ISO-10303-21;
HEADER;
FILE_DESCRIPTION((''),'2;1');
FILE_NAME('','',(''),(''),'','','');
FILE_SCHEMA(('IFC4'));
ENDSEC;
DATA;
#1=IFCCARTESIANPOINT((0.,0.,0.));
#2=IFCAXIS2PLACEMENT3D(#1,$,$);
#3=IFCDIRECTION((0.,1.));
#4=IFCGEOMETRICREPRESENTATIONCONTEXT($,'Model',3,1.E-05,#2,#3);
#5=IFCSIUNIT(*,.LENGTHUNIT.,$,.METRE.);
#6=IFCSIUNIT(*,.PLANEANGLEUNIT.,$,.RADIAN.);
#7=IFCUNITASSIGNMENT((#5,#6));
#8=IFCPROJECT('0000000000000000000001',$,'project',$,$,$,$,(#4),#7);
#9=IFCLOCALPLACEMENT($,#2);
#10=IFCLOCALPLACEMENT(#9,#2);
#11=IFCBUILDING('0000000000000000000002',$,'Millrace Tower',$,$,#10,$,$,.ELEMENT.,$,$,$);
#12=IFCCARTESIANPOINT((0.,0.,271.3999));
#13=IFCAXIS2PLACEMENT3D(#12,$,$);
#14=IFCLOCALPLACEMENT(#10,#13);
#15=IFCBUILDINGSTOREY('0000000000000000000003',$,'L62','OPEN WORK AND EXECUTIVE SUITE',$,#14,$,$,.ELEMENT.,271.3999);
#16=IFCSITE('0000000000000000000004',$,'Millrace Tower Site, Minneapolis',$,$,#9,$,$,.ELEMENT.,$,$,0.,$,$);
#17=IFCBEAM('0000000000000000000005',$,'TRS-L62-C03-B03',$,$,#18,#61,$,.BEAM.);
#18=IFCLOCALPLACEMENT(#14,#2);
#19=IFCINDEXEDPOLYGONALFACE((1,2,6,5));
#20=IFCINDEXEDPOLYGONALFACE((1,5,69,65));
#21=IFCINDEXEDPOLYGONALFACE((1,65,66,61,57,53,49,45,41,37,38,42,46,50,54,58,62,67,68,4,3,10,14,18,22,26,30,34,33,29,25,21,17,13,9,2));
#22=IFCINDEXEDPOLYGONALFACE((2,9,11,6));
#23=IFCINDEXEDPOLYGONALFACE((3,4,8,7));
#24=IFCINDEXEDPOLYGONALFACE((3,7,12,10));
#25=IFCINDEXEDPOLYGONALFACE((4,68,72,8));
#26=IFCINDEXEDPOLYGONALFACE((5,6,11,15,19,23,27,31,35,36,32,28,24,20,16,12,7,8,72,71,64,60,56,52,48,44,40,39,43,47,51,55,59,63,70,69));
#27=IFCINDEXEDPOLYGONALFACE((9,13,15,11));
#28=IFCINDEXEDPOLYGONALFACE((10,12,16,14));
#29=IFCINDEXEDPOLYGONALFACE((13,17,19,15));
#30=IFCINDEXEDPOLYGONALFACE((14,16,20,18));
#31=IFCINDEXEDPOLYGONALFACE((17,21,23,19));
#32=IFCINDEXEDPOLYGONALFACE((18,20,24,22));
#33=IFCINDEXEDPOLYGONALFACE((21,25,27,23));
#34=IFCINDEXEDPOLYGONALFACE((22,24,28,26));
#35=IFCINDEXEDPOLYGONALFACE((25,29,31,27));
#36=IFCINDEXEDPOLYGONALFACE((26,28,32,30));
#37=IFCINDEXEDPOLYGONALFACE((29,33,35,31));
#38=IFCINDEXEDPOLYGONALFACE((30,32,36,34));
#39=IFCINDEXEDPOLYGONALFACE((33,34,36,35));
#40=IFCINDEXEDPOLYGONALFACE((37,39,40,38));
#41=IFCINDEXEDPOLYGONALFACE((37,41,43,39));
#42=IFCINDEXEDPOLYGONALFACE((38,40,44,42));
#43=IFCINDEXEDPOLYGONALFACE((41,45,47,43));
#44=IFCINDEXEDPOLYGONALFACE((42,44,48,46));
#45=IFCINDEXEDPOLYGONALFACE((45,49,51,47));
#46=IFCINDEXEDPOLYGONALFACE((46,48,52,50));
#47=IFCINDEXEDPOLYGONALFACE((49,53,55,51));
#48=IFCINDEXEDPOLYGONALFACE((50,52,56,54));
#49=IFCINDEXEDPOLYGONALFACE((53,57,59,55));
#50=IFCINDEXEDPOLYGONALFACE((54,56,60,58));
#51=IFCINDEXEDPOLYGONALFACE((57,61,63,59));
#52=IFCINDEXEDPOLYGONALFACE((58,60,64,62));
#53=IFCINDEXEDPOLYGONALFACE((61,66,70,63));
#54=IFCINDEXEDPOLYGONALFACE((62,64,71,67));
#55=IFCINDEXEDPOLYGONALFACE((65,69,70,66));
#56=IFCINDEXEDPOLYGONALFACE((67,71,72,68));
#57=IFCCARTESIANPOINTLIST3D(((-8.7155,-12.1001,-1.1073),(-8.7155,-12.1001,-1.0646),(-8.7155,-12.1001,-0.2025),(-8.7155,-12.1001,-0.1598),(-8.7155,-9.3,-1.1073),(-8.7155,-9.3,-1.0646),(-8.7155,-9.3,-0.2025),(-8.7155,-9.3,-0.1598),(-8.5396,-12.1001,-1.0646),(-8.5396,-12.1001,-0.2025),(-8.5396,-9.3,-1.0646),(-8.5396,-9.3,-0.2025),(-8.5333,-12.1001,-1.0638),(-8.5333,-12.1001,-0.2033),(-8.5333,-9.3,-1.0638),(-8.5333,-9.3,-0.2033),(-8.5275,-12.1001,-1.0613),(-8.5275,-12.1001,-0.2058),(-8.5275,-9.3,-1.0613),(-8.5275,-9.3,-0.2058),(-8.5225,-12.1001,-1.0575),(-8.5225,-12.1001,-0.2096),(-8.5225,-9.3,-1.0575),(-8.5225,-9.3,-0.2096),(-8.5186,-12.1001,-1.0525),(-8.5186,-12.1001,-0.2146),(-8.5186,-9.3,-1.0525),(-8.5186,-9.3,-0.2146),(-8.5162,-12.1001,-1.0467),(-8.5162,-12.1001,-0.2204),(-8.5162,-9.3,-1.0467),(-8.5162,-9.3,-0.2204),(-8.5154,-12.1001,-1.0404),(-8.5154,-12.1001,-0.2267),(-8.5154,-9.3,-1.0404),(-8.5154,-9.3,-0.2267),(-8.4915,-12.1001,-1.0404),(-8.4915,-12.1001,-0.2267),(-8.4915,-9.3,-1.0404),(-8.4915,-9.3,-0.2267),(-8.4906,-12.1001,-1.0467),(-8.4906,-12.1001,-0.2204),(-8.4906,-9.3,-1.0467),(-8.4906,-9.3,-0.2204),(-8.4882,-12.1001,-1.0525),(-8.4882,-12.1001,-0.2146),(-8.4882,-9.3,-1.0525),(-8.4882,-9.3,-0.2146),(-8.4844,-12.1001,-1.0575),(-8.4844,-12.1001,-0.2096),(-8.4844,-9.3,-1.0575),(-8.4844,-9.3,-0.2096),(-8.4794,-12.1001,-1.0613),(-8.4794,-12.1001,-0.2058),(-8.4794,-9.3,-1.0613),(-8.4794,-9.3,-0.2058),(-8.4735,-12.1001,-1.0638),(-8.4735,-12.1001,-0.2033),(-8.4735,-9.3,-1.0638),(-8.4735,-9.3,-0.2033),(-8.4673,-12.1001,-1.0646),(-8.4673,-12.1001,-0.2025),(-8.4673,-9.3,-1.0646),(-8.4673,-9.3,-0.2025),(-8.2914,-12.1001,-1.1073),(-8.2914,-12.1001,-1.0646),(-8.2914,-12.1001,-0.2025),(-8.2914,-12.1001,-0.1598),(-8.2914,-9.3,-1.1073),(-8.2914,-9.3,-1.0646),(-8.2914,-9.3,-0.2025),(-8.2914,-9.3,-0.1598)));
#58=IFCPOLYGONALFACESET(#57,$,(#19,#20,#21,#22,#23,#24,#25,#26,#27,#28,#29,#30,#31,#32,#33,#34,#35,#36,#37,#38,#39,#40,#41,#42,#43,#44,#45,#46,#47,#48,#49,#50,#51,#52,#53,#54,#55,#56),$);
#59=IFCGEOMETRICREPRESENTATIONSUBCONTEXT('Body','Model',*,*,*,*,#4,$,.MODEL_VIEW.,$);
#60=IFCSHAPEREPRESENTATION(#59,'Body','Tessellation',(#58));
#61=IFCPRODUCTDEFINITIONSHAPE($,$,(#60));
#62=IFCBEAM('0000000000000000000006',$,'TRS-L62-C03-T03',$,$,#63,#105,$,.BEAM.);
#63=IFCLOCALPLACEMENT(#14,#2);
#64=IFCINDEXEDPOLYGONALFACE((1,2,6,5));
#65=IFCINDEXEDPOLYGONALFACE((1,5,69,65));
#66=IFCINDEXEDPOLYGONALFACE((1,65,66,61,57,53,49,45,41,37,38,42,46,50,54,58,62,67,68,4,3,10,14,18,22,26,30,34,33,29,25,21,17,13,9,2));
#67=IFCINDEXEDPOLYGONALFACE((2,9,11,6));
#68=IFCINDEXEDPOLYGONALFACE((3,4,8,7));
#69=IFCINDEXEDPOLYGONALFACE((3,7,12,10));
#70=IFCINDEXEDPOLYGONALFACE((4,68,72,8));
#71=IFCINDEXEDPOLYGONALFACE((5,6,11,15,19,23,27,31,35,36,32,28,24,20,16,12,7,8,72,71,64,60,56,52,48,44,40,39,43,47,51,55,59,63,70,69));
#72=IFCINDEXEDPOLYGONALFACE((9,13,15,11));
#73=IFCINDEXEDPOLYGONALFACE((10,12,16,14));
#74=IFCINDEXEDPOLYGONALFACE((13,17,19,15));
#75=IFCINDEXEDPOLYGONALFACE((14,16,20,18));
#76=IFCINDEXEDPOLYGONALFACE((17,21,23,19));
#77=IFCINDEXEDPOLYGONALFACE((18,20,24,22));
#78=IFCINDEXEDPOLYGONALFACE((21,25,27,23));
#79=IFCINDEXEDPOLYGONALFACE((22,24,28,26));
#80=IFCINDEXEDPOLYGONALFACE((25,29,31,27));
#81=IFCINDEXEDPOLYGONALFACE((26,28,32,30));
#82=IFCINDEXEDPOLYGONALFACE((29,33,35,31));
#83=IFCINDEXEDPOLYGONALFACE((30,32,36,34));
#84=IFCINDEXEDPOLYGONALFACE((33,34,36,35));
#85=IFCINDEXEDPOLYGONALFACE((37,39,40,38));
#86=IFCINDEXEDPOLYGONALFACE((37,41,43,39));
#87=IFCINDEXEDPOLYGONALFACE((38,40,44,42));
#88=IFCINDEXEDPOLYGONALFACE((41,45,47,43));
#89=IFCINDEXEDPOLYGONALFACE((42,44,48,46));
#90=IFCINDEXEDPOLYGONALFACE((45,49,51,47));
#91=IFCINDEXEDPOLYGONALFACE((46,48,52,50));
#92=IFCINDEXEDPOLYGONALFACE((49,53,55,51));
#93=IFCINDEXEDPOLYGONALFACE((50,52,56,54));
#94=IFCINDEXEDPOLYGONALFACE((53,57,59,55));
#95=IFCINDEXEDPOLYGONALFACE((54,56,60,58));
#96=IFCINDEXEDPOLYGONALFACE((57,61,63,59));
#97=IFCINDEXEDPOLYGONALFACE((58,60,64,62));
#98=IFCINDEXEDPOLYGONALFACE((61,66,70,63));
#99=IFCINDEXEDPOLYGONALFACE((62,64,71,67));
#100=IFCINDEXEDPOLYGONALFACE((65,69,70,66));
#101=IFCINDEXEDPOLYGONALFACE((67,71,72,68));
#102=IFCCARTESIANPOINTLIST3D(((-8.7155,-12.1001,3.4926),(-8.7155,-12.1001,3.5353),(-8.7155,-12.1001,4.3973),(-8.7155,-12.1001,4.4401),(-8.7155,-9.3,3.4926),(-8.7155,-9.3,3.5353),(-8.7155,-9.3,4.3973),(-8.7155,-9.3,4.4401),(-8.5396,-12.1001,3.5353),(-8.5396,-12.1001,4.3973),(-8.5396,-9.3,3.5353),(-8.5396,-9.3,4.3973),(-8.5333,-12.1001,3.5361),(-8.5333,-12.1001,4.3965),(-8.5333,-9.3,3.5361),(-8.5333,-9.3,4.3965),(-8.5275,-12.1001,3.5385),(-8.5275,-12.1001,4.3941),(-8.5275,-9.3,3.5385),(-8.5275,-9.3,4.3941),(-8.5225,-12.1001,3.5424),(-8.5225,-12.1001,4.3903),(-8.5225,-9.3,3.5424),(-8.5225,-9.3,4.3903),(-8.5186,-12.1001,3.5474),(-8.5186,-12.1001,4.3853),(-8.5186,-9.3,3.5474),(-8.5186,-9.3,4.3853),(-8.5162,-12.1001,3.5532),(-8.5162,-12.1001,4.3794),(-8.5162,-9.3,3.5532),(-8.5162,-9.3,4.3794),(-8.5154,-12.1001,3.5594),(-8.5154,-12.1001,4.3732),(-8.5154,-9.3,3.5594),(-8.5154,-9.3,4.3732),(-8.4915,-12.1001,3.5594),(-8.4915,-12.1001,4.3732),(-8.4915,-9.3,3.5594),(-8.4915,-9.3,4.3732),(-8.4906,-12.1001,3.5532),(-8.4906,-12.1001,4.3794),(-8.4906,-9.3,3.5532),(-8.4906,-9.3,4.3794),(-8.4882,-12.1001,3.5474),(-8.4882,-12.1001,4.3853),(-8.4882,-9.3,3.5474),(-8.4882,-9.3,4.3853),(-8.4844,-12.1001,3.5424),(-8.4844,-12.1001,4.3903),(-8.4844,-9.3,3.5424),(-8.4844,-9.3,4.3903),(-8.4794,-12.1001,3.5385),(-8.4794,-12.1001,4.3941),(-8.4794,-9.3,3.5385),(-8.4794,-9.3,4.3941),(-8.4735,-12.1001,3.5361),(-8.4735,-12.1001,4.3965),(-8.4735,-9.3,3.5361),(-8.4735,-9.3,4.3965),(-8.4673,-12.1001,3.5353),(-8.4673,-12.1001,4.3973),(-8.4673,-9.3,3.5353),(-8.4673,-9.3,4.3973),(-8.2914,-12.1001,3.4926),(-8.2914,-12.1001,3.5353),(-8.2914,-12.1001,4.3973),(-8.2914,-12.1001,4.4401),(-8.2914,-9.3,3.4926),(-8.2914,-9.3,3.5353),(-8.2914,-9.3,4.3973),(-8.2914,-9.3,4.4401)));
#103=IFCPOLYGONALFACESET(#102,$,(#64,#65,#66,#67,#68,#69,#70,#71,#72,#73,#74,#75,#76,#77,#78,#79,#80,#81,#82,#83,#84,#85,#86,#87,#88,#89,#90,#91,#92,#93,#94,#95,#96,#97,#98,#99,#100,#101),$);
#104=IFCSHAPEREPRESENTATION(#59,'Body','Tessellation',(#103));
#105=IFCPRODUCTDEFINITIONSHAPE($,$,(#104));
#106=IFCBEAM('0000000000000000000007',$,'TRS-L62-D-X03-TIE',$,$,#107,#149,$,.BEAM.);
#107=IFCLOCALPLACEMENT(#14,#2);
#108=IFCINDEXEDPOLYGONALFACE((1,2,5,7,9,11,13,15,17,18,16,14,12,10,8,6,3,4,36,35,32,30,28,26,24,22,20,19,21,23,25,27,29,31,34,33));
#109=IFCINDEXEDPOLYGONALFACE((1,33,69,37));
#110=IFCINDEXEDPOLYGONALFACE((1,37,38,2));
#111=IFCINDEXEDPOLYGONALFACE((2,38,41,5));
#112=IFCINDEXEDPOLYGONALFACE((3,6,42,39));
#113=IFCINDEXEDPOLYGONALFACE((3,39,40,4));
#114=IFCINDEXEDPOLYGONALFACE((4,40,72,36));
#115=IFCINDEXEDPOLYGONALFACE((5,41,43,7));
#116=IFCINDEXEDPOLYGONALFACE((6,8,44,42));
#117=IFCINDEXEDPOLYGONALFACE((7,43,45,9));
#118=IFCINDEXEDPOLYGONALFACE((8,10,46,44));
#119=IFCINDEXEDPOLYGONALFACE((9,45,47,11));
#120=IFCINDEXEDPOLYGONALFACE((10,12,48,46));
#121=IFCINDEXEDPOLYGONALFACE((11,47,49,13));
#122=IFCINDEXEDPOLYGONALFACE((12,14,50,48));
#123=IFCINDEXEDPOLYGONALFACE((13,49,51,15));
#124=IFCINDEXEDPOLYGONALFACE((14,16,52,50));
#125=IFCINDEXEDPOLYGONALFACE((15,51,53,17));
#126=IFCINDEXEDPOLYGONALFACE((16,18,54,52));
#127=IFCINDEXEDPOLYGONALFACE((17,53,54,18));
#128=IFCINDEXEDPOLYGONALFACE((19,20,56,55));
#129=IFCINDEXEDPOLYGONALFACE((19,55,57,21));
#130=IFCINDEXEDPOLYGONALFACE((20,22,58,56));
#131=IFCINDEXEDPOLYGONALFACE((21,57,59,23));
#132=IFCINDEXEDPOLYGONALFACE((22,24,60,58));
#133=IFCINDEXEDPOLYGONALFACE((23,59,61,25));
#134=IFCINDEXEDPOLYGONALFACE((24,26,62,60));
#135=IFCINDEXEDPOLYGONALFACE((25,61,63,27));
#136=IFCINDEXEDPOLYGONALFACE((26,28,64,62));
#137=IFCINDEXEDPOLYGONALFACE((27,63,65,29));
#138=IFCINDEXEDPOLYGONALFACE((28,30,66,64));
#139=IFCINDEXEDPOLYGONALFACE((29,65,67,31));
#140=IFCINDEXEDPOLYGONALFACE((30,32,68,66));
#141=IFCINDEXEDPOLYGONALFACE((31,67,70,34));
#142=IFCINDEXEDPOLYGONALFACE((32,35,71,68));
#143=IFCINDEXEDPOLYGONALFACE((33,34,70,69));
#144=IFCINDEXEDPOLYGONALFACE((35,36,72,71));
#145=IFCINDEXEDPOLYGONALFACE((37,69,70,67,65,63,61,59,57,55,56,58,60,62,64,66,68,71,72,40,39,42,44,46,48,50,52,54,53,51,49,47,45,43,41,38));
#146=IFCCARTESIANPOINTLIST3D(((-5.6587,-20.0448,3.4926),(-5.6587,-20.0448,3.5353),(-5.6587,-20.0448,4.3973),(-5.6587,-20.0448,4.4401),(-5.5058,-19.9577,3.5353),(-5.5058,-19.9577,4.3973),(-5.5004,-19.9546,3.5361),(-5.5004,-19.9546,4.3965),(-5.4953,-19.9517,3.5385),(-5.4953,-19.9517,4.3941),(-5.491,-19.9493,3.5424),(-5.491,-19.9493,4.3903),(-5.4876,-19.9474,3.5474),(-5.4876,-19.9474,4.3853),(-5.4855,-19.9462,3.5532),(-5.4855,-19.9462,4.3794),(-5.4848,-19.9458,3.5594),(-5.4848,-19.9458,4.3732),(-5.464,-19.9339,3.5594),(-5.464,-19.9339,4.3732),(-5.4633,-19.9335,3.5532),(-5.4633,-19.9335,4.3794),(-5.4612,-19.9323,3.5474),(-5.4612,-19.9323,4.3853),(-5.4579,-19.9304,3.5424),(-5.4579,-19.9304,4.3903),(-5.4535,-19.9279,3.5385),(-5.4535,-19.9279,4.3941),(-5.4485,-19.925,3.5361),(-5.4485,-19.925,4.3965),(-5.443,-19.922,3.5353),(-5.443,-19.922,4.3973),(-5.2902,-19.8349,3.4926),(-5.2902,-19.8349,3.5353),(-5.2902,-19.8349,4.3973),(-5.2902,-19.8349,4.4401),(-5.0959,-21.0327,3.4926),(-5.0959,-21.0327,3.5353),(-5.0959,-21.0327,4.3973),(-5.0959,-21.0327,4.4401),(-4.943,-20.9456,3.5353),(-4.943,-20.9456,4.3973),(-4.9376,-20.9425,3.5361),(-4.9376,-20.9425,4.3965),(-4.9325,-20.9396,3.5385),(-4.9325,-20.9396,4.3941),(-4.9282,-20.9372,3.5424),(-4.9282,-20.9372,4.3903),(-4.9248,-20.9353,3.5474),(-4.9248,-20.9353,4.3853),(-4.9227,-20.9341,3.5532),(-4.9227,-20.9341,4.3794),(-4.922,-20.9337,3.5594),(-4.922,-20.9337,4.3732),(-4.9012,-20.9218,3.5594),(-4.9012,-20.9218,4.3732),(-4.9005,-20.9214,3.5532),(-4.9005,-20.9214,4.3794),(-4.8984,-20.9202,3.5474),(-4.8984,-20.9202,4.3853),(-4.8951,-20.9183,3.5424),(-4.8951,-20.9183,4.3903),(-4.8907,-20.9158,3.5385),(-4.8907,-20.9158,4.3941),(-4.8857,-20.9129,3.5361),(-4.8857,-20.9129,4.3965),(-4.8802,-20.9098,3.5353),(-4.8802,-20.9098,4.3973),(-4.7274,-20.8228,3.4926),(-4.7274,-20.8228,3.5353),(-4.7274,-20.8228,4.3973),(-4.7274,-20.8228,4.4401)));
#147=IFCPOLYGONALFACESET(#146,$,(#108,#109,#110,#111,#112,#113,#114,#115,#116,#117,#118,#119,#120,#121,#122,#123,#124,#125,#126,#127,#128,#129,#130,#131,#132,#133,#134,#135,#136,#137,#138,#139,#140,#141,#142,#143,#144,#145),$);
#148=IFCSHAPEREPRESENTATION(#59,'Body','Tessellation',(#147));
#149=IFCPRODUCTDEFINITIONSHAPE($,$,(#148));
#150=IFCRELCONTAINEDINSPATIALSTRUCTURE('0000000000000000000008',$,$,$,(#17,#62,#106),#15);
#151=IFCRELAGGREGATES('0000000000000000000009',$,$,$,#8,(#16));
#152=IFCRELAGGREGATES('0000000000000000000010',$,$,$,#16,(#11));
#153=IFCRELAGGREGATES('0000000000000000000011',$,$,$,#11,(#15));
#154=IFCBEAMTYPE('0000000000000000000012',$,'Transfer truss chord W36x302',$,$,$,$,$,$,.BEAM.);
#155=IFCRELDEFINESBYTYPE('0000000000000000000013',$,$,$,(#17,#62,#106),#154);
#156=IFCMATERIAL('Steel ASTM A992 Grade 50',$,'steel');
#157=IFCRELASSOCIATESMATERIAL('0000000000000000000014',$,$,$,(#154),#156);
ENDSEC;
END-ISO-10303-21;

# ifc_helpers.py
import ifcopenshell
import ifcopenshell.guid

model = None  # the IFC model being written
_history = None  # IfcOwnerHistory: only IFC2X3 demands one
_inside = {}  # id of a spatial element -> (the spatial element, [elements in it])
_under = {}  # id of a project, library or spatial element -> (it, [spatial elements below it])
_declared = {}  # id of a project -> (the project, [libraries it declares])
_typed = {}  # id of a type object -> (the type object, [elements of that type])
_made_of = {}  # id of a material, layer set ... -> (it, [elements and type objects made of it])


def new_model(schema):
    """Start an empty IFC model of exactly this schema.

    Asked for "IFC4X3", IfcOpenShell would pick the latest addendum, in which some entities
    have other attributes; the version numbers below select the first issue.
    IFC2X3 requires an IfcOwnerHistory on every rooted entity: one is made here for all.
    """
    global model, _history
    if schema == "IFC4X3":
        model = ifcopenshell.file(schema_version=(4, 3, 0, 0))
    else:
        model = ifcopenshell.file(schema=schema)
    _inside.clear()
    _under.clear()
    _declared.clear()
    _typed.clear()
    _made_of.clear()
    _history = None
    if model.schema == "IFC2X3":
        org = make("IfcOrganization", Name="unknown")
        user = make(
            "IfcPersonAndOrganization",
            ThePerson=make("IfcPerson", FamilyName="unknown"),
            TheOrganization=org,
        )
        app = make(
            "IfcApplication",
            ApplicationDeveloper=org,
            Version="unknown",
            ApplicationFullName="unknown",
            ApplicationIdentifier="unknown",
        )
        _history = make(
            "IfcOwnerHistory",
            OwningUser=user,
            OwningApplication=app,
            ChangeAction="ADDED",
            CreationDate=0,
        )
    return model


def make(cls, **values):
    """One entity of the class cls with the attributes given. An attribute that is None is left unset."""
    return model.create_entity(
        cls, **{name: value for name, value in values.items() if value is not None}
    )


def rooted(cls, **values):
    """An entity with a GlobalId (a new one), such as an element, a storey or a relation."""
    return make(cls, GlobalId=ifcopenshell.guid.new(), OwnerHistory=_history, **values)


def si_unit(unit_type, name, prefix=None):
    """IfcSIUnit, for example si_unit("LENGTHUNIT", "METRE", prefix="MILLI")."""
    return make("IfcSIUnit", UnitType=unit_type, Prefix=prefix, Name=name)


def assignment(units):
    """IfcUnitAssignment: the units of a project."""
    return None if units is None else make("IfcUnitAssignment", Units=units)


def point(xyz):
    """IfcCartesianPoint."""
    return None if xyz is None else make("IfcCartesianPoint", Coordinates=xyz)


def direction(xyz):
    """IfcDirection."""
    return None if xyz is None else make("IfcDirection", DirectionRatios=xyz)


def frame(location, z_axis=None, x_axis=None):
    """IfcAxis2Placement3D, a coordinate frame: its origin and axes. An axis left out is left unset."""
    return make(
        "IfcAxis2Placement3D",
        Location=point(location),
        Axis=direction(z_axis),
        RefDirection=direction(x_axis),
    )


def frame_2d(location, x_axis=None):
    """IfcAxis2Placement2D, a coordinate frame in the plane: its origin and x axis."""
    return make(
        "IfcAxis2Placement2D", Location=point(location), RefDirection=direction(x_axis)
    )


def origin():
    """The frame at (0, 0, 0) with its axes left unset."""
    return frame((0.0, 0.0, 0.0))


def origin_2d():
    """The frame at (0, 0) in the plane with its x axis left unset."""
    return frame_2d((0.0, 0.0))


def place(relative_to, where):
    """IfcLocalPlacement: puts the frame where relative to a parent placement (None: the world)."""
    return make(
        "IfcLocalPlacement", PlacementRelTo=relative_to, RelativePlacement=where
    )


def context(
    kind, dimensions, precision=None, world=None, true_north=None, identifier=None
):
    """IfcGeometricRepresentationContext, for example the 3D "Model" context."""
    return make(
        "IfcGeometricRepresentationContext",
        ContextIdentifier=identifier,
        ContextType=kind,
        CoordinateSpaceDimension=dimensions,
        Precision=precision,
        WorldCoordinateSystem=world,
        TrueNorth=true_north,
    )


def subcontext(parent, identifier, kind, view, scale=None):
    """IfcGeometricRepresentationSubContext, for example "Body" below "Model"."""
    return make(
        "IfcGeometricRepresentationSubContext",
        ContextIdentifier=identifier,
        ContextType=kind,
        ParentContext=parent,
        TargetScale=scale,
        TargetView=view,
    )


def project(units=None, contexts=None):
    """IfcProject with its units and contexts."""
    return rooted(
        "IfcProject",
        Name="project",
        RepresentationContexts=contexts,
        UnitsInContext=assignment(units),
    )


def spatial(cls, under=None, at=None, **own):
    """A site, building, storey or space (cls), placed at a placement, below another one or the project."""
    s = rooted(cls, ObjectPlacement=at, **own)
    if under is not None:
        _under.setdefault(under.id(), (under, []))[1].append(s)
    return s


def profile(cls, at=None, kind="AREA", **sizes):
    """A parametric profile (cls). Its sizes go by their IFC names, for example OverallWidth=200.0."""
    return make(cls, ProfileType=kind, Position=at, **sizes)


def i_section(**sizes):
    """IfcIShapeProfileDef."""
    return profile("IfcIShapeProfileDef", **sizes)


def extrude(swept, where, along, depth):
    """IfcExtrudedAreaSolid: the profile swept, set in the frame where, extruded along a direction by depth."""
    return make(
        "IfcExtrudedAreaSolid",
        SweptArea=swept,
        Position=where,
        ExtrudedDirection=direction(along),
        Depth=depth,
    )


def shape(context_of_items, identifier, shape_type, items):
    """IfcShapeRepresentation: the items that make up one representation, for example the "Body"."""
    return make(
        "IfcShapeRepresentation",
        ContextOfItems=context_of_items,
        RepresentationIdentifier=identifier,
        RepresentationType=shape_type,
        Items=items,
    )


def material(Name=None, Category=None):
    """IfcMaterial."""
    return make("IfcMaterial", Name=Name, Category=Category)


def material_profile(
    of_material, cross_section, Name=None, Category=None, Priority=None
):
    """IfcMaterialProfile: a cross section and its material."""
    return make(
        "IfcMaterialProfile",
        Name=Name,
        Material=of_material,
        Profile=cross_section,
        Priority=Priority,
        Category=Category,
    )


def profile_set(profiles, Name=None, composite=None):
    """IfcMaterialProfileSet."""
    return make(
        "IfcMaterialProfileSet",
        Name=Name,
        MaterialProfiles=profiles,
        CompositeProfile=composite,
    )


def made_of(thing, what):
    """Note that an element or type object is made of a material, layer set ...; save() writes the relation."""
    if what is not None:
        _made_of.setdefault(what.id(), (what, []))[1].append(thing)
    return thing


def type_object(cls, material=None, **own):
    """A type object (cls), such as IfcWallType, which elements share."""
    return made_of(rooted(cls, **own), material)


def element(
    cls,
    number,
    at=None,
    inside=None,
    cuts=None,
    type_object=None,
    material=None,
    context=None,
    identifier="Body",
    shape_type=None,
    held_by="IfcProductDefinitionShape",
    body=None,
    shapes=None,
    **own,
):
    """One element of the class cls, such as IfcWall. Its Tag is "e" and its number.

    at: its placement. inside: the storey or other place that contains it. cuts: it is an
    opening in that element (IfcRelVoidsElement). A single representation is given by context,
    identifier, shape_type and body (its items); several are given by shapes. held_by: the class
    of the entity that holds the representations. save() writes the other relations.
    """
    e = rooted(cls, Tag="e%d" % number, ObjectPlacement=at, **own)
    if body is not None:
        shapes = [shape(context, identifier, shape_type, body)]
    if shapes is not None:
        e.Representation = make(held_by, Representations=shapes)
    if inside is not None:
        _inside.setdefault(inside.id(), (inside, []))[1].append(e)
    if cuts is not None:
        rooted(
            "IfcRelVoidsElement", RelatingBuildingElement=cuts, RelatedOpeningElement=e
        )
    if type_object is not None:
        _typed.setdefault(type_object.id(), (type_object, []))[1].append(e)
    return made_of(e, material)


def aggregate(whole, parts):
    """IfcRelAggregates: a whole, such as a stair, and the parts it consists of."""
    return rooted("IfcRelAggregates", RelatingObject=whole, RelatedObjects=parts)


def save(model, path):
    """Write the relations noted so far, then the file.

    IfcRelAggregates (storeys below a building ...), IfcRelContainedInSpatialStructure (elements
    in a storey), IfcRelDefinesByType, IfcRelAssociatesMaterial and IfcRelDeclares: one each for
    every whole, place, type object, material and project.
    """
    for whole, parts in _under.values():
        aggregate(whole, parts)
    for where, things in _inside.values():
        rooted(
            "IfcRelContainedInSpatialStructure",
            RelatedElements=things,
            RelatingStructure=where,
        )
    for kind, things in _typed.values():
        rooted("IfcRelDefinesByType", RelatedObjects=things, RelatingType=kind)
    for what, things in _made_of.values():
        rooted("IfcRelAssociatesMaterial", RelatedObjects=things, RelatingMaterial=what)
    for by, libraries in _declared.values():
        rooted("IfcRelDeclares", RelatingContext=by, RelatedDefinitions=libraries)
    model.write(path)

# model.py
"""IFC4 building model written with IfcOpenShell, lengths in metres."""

from ifc_helpers import new_model, si_unit, direction, frame, origin, origin_2d, place, context, subcontext, project, spatial, i_section, extrude, material, material_profile, profile_set, type_object, element, save


model = new_model("IFC4")

# Units and contexts
model_context = context("Model", 3, precision=1e-05, world=origin(), true_north=direction((0.0, 1.0)))
body_context = subcontext(model_context, "Body", "Model", "MODEL_VIEW")
ifc_project = project(units=[si_unit("LENGTHUNIT", "METRE"), si_unit("PLANEANGLEUNIT", "RADIAN")], contexts=[model_context])

# Site, building, storey
site_placement = place(None, origin())
site = spatial("IfcSite", under=ifc_project, at=site_placement, Name="Millrace Tower Site, Minneapolis", CompositionType="ELEMENT", RefElevation=0.0)
building_placement = place(site_placement, origin())
building = spatial("IfcBuilding", under=site, at=building_placement, Name="Millrace Tower", CompositionType="ELEMENT")
storey_placement = place(building_placement, frame((0.0, 0.0, 271.3999)))
storey = spatial("IfcBuildingStorey", under=building, at=storey_placement, Name="L62", Description="OPEN WORK AND EXECUTIVE SUITE", CompositionType="ELEMENT", Elevation=271.3999)

# Beams
ifc_material_1 = material(Name="Steel ASTM A992 Grade 50", Category="steel")
ifc_material_profile_1 = material_profile(ifc_material_1, i_section(OverallWidth=0.4241, OverallDepth=0.9475, WebThickness=0.0239, FlangeThickness=0.0427, FilletRadius=0.0242, at=origin_2d()))
ifc_profile_set_1 = profile_set([ifc_material_profile_1], Name="Steel ASTM A992 Grade 50")
beam_type_1 = type_object("IfcBeamType", Name="Transfer truss chord W36x302", PredefinedType="BEAM", material=ifc_profile_set_1)
for number, where, z_axis, x_axis, name in (
    (1, (-8.5034, -12.1001, -0.6335), (0.0, 1.0, 0.0), (-1.0, 0.0, 0.0), "TRS-L62-C03-B03"),
    (2, (-8.5034, -12.1001, 3.9663), (0.0, 1.0, 0.0), (-1.0, 0.0, 0.0), "TRS-L62-C03-T03"),
):
    element("IfcBeam", number, at=place(storey_placement, frame(where, z_axis=z_axis, x_axis=x_axis)), inside=storey, type_object=beam_type_1, Name=name, PredefinedType="BEAM", context=body_context, shape_type="SweptSolid", body=[
        extrude(i_section(OverallWidth=0.4241, OverallDepth=0.9475, WebThickness=0.0239, FlangeThickness=0.0427, FilletRadius=0.0242, at=origin_2d()), origin(), (0.0, 0.0, 1.0), 2.8),
    ])
beam_1_placement = place(storey_placement, frame((-4.9116, -20.9277, 3.9663), z_axis=(-0.495005, 0.86889, 0.0), x_axis=(-0.86889, -0.495005, 0.0)))
element("IfcBeam", 3, at=beam_1_placement, inside=storey, type_object=beam_type_1, Name="TRS-L62-D-X03-TIE", PredefinedType="BEAM", context=body_context, shape_type="SweptSolid", body=[
    extrude(i_section(OverallWidth=0.4241, OverallDepth=0.9475, WebThickness=0.0239, FlangeThickness=0.0427, FilletRadius=0.0242, at=origin_2d()), origin(), (0.0, 0.0, 1.0), 1.137),
])

save(model, "model.ifc")
